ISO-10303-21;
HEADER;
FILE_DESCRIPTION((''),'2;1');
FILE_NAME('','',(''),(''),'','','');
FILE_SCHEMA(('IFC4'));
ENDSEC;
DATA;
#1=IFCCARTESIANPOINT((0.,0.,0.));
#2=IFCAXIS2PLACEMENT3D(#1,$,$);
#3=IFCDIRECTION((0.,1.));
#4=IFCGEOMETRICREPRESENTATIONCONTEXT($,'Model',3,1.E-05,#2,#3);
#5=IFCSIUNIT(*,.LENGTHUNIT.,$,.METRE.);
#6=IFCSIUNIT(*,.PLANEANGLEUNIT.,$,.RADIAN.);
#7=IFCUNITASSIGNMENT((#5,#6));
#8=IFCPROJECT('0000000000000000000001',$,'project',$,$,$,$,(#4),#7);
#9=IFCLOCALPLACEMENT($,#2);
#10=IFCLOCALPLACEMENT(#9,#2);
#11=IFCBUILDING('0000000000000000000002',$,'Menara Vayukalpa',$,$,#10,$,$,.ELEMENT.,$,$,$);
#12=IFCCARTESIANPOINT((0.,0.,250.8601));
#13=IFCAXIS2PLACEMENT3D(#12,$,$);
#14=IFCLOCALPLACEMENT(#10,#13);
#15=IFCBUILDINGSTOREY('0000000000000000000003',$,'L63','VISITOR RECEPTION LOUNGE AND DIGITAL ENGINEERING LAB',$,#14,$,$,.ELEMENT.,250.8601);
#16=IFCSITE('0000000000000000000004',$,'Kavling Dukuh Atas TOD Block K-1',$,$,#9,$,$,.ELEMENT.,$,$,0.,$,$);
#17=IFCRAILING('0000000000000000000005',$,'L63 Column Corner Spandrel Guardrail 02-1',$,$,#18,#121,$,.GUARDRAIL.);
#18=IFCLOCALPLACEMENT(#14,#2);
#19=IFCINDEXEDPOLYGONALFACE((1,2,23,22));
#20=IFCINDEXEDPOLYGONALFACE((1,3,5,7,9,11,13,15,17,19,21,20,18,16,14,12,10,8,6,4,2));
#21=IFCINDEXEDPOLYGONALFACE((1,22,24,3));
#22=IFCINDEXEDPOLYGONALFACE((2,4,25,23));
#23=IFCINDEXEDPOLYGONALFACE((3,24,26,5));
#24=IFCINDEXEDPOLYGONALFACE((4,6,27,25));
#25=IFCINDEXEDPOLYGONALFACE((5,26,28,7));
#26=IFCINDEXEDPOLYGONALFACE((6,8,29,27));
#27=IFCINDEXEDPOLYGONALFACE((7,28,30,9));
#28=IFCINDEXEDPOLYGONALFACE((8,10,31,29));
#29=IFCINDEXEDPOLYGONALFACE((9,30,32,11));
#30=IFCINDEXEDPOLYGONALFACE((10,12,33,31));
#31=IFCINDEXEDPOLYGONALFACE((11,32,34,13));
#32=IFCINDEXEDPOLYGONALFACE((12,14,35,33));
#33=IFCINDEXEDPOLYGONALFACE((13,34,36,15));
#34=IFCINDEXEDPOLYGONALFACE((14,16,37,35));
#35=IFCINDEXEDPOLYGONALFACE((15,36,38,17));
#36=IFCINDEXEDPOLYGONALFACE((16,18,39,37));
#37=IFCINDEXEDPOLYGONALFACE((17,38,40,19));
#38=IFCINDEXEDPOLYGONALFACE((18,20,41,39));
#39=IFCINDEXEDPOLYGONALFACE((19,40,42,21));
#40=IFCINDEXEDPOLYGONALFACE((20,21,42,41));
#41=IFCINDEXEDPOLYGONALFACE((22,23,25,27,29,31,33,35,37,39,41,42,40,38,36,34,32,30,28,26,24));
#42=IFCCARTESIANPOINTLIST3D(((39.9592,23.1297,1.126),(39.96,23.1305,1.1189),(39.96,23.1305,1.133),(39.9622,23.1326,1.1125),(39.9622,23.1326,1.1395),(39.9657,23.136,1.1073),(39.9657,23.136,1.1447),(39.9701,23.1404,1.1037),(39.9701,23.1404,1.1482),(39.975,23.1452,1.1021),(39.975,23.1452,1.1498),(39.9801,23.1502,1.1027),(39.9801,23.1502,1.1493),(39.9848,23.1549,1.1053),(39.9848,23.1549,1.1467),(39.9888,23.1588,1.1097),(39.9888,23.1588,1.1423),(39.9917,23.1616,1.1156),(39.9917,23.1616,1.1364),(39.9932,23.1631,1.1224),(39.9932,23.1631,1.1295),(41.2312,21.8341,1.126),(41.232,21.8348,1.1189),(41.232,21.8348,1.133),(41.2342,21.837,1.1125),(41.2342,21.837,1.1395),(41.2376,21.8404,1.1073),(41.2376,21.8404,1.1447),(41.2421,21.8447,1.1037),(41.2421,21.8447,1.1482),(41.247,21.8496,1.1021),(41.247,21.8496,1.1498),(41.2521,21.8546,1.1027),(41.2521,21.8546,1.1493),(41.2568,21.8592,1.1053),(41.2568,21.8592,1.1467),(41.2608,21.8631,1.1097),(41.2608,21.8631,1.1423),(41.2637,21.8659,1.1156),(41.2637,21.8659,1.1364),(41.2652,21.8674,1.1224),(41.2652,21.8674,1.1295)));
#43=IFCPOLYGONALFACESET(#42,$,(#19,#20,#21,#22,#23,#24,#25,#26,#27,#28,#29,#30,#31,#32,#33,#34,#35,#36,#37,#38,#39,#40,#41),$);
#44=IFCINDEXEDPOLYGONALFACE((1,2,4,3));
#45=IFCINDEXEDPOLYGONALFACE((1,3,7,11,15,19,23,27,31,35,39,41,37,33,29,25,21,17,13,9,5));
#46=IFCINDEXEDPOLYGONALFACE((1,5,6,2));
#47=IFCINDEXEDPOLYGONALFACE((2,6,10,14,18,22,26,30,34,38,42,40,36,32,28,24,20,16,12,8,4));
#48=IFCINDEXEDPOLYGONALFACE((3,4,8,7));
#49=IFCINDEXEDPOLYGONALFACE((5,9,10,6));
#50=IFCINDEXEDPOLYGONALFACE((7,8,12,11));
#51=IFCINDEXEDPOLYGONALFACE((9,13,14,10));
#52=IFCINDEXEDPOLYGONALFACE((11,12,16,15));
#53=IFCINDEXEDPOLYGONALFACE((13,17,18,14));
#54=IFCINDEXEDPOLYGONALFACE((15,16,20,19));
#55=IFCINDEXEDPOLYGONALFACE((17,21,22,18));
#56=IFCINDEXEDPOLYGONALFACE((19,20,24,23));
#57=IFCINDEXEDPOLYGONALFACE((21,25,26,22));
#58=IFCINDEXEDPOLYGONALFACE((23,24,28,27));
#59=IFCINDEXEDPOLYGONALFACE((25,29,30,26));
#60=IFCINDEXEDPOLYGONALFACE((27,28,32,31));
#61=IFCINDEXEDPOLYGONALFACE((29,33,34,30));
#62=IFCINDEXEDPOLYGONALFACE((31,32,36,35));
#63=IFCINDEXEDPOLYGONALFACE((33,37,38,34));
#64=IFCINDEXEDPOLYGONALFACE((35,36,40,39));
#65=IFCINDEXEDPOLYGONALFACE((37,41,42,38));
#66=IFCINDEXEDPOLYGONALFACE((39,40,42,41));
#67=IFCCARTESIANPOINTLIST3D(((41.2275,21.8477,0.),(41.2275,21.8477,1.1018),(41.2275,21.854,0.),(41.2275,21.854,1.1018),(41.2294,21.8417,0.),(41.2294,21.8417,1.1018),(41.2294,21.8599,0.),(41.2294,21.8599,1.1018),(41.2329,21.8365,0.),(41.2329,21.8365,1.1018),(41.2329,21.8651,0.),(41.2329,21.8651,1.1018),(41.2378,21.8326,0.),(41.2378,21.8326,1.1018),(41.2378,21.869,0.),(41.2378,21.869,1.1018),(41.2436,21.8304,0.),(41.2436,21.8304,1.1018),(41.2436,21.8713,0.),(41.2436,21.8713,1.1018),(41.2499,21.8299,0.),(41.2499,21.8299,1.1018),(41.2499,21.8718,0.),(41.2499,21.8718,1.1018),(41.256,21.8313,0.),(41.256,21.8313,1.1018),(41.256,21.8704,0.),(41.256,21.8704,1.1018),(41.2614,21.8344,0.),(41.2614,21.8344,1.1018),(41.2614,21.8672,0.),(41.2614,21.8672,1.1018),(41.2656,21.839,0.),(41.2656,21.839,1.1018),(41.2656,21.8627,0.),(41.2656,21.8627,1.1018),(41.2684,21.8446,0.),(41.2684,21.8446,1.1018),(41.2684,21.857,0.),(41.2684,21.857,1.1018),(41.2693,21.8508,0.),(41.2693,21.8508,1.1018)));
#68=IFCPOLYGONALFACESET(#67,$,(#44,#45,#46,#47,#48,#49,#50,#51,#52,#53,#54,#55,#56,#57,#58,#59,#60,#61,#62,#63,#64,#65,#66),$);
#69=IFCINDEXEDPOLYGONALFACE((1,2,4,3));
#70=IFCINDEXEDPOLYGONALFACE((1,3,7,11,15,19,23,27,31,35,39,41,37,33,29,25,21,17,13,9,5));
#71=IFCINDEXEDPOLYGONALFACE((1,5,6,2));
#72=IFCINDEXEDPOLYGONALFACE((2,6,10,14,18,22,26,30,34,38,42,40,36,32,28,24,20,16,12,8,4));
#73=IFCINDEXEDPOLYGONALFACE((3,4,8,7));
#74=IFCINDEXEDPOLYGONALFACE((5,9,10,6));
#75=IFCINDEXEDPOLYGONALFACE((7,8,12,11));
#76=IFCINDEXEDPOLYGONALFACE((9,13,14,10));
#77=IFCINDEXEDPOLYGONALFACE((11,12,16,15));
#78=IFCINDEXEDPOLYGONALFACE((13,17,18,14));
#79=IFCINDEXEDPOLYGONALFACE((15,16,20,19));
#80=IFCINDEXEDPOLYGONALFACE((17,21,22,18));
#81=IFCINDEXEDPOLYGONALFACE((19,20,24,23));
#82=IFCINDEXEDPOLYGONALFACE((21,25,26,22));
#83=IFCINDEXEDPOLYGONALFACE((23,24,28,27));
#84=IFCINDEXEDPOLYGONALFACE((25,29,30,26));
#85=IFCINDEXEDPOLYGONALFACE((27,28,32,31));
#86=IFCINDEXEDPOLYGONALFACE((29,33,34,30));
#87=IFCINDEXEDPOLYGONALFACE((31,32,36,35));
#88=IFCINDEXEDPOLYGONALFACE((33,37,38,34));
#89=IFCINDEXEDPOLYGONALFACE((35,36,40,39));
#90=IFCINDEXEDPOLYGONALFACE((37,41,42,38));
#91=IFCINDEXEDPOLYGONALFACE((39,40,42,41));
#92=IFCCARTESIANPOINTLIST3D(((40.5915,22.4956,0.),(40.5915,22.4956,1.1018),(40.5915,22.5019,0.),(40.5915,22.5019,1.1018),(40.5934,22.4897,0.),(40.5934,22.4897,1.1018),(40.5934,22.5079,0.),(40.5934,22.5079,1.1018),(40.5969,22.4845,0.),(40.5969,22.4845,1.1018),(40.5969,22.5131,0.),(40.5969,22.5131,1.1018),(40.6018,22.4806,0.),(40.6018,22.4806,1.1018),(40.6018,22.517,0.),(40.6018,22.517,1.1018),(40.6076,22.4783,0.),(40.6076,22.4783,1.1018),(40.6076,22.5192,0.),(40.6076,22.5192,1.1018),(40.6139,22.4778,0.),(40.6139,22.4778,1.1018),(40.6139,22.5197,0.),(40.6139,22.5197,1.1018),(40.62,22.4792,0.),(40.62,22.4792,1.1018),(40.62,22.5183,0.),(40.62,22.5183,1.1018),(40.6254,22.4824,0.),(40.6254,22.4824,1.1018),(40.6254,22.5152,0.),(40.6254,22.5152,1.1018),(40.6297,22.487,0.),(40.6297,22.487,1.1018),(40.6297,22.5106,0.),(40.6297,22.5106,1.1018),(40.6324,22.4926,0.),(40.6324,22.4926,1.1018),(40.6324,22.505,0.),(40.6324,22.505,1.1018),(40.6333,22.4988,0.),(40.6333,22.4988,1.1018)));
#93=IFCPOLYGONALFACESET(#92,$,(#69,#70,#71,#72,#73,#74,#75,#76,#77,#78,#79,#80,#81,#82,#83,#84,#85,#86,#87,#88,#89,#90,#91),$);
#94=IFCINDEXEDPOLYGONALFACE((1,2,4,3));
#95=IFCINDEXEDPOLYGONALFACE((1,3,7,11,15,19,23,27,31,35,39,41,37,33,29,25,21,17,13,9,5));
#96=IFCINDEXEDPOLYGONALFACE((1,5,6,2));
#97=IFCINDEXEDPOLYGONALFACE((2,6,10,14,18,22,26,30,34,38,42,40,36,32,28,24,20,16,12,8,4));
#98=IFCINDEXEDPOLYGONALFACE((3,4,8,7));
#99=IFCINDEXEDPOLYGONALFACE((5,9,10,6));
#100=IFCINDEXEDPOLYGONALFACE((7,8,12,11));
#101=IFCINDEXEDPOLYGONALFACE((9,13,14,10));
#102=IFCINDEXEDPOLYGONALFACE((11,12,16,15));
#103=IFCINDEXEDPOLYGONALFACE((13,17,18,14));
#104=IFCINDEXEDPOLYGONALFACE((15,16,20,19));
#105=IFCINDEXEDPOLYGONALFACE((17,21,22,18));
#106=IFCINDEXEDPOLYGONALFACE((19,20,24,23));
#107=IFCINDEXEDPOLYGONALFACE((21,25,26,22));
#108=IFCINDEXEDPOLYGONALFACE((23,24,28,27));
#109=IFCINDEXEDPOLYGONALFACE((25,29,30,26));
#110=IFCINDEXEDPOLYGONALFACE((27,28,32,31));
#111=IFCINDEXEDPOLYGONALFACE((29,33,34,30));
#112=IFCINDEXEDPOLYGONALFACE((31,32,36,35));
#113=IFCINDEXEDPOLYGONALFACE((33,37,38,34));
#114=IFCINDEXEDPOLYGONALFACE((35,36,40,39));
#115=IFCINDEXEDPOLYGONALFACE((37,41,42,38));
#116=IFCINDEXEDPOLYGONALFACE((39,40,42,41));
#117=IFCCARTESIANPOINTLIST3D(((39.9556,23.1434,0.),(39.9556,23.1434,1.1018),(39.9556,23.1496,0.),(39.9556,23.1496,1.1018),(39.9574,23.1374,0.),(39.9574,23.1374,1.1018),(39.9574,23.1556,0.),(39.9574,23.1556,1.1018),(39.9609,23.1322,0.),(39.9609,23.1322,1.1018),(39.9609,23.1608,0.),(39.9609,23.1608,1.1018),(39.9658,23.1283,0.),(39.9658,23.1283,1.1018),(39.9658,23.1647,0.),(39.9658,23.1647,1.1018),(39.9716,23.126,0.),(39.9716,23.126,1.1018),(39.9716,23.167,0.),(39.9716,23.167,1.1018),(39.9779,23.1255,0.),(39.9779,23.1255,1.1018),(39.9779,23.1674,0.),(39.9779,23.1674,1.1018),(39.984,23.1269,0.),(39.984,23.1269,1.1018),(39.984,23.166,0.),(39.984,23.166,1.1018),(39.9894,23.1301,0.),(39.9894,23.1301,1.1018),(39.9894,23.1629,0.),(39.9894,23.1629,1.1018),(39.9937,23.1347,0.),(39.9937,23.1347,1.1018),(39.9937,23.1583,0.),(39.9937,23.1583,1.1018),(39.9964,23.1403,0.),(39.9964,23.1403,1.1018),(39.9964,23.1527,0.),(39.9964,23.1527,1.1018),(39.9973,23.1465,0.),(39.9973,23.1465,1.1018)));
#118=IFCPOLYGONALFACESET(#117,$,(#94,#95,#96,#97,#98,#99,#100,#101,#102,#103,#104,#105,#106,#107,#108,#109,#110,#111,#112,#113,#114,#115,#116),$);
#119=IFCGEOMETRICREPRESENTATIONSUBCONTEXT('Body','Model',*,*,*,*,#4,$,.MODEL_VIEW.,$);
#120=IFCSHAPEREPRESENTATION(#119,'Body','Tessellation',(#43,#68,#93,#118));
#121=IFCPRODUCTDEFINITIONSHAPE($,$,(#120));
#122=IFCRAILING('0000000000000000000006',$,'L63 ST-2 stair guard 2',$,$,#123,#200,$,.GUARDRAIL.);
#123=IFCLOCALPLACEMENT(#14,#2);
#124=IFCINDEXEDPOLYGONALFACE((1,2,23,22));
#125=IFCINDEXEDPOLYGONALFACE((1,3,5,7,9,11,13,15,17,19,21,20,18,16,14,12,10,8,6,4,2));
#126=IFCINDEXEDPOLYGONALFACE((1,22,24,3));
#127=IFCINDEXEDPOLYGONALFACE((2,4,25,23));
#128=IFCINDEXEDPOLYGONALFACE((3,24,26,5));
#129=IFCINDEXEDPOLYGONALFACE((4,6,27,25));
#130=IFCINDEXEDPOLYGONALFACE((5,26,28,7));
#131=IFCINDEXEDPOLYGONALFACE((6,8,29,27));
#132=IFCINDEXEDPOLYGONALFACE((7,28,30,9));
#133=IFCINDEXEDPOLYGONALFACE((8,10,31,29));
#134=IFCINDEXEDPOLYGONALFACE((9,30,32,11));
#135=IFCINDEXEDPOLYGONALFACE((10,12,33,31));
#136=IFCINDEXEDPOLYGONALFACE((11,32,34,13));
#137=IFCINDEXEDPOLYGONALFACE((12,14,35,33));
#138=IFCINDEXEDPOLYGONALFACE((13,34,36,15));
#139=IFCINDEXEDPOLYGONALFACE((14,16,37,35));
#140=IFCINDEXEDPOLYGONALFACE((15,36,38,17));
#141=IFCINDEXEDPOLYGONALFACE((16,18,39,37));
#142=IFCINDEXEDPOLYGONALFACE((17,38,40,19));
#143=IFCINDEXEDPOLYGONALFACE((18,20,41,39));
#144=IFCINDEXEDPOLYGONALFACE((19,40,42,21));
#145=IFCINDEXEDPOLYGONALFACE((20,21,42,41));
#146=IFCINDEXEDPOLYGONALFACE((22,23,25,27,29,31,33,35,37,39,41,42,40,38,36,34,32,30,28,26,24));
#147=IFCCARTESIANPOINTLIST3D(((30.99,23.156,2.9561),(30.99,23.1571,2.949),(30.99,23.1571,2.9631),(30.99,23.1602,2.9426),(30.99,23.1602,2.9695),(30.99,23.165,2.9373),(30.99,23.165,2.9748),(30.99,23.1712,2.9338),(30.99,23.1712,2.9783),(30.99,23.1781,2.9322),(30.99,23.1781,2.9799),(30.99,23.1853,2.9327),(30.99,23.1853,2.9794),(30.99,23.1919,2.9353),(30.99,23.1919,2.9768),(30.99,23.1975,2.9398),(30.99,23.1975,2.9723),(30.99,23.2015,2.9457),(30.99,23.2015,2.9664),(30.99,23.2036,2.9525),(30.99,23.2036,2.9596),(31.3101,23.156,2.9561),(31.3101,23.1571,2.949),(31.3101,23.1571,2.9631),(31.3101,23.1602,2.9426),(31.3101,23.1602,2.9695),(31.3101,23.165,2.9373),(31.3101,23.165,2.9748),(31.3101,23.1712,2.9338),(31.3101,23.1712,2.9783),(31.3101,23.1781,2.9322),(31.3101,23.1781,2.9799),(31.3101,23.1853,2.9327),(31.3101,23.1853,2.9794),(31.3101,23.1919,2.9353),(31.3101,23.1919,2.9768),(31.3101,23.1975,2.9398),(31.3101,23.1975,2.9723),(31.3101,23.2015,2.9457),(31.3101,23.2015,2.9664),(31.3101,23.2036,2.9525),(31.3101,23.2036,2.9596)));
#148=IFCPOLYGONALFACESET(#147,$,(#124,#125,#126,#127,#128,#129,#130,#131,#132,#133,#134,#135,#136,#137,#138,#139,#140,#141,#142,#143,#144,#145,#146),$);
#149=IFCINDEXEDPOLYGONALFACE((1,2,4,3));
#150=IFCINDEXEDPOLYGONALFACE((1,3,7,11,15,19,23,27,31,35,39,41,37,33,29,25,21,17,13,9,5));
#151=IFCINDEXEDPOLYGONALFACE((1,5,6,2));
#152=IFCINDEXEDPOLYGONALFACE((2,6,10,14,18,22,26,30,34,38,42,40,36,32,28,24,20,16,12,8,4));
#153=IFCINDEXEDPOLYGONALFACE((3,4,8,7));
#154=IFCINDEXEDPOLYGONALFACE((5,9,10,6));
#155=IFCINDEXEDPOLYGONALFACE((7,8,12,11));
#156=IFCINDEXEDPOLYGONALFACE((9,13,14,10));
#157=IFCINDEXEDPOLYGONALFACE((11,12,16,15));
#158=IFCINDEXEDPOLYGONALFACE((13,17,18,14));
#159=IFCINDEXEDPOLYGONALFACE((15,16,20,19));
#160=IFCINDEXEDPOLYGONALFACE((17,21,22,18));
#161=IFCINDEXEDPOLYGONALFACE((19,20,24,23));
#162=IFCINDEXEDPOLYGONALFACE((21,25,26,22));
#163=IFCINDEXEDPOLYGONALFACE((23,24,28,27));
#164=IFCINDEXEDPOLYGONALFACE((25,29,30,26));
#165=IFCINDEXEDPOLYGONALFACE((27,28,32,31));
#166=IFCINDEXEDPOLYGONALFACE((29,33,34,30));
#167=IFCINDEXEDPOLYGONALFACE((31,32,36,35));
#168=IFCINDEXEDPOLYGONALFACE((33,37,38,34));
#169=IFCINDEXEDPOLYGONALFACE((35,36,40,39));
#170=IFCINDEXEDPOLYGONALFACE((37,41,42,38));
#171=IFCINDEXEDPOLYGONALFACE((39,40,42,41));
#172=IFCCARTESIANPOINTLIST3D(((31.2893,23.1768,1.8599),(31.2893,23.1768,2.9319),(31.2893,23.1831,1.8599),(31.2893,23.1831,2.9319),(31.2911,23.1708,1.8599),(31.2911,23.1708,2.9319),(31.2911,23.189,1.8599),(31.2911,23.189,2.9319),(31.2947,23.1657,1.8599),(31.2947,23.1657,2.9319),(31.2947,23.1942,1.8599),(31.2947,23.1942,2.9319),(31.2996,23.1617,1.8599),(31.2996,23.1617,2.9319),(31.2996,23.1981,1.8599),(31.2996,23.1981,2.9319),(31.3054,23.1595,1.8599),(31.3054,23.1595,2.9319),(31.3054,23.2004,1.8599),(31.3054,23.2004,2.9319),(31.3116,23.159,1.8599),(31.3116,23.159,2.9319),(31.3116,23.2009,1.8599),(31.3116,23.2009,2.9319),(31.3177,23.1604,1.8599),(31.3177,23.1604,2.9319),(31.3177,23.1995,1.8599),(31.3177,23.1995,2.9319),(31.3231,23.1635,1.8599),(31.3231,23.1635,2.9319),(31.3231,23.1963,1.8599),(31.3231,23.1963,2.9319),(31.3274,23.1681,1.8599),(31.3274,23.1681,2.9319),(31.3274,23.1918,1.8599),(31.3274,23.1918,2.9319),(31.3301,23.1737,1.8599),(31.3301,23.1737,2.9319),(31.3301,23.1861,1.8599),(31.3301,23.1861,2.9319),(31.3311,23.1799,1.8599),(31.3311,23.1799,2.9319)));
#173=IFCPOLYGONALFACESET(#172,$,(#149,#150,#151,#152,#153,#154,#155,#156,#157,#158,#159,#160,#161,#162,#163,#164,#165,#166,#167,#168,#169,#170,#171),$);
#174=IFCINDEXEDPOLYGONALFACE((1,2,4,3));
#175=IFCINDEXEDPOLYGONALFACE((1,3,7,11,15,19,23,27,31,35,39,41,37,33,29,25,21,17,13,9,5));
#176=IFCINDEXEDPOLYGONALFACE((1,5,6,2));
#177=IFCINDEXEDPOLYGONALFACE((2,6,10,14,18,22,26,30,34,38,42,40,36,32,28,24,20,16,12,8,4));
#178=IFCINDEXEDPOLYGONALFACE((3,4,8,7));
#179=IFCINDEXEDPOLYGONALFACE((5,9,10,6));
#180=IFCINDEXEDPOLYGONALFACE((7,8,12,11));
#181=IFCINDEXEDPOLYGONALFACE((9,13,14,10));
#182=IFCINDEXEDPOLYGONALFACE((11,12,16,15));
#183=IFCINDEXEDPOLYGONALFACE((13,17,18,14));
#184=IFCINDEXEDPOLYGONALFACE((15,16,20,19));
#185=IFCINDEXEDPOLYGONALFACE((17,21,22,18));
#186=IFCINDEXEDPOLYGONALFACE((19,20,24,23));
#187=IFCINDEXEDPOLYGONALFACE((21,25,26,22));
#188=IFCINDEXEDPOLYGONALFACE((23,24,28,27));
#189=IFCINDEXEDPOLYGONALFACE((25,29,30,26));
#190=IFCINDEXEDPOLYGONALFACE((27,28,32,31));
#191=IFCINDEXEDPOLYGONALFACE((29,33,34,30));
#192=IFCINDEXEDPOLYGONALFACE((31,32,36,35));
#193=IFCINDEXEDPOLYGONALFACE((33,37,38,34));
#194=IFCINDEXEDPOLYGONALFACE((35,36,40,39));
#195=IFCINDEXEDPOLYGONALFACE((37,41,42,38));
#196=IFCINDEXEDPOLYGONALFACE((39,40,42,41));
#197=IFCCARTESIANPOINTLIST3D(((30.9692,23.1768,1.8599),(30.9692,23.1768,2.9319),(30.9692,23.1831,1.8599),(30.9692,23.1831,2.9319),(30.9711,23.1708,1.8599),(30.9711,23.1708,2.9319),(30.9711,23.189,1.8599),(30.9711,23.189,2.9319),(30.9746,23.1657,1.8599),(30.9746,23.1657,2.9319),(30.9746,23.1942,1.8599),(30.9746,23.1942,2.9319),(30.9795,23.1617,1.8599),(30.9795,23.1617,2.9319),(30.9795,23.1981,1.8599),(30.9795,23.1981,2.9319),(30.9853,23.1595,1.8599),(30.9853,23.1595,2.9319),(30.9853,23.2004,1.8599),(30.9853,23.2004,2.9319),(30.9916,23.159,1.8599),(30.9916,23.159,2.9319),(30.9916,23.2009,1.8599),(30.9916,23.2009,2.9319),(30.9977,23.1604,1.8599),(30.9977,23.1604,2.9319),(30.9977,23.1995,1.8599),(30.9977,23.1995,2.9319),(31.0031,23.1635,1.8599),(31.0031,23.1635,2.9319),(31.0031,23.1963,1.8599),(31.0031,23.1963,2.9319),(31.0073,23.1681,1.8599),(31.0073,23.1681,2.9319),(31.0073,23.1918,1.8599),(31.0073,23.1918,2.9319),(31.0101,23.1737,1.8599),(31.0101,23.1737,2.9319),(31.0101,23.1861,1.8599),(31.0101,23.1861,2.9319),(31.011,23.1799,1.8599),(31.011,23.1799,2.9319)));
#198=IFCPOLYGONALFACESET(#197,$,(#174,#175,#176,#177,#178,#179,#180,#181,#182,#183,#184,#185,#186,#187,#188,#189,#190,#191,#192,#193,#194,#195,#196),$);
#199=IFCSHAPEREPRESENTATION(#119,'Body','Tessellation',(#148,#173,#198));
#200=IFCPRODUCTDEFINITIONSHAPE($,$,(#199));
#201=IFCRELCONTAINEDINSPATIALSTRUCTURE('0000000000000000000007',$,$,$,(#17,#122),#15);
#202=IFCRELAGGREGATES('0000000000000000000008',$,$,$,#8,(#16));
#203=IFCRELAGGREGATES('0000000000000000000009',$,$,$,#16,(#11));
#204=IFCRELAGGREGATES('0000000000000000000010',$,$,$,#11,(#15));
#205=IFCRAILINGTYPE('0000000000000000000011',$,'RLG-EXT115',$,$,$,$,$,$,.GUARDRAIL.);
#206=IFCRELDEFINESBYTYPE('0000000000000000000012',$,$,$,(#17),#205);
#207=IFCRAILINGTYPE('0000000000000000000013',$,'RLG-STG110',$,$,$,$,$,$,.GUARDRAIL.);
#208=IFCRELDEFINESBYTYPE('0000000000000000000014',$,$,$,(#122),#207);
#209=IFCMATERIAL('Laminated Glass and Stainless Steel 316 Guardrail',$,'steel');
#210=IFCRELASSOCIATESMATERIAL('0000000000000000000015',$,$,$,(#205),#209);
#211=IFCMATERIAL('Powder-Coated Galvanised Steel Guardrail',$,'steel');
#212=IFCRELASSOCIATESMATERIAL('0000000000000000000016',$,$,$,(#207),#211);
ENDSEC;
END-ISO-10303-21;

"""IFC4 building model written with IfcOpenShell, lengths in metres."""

from ifc_helpers import new_model, si_unit, direction, frame, origin, origin_2d, place, context, subcontext, project, spatial, circle, extrude, material, type_object, element, save


model = new_model("IFC4")

# Units and contexts
model_context = context("Model", 3, precision=1e-05, world=origin(), true_north=direction((0.0, 1.0)))
body_context = subcontext(model_context, "Body", "Model", "MODEL_VIEW")
ifc_project = project(units=[si_unit("LENGTHUNIT", "METRE"), si_unit("PLANEANGLEUNIT", "RADIAN")], contexts=[model_context])

# Site, building, storey
site_placement = place(None, origin())
site = spatial("IfcSite", under=ifc_project, at=site_placement, Name="Kavling Dukuh Atas TOD Block K-1", CompositionType="ELEMENT", RefElevation=0.0)
building_placement = place(site_placement, origin())
building = spatial("IfcBuilding", under=site, at=building_placement, Name="Menara Vayukalpa", CompositionType="ELEMENT")
storey_placement = place(building_placement, frame((0.0, 0.0, 250.8601)))
storey = spatial("IfcBuildingStorey", under=building, at=storey_placement, Name="L63", Description="VISITOR RECEPTION LOUNGE AND DIGITAL ENGINEERING LAB", CompositionType="ELEMENT", Elevation=250.8601)

# Railings
ifc_material_1 = material(Name="Laminated Glass and Stainless Steel 316 Guardrail", Category="steel")
railing_type_1 = type_object("IfcRailingType", Name="RLG-EXT115", PredefinedType="GUARDRAIL", material=ifc_material_1)
railing_1_placement = place(storey_placement, frame((41.2483, 21.8508, 0.0)))
element("IfcRailing", 1, at=railing_1_placement, inside=storey, type_object=railing_type_1, Name="L63 Column Corner Spandrel Guardrail 02-1", PredefinedType="GUARDRAIL", context=body_context, shape_type="SweptSolid", body=[
    extrude(circle(Radius=0.0239, at=origin_2d()), frame((0.0, 0.0, 1.126), z_axis=(-0.700555, 0.713598, 0.0), x_axis=(-0.713598, -0.700555, 0.0)), (0.0, 0.0, 1.0), 1.8157),
    extrude(circle(Radius=0.021, at=origin_2d()), origin(), (0.0, 0.0, 1.0), 1.1018),
    extrude(circle(Radius=0.021, at=origin_2d()), frame((-0.636, 0.6479, 0.0)), (0.0, 0.0, 1.0), 1.1018),
    extrude(circle(Radius=0.021, at=origin_2d()), frame((-1.272, 1.2957, 0.0)), (0.0, 0.0, 1.0), 1.1018),
])
ifc_material_2 = material(Name="Powder-Coated Galvanised Steel Guardrail", Category="steel")
railing_type_2 = type_object("IfcRailingType", Name="RLG-STG110", PredefinedType="GUARDRAIL", material=ifc_material_2)
railing_2_placement = place(storey_placement, frame((31.3101, 23.1799, 1.8599)))
element("IfcRailing", 2, at=railing_2_placement, inside=storey, type_object=railing_type_2, Name="L63 ST-2 stair guard 2", PredefinedType="GUARDRAIL", context=body_context, shape_type="SweptSolid", body=[
    extrude(circle(Radius=0.0239, at=origin_2d()), frame((0.0, 0.0, 1.0962), z_axis=(-1.0, 0.0, 0.0), x_axis=(0.0, -1.0, 0.0)), (0.0, 0.0, 1.0), 0.3201),
    extrude(circle(Radius=0.021, at=origin_2d()), origin(), (0.0, 0.0, 1.0), 1.072),
    extrude(circle(Radius=0.021, at=origin_2d()), frame((-0.3201, 0.0, 0.0)), (0.0, 0.0, 1.0), 1.072),
])

save(model, "model.ifc")
